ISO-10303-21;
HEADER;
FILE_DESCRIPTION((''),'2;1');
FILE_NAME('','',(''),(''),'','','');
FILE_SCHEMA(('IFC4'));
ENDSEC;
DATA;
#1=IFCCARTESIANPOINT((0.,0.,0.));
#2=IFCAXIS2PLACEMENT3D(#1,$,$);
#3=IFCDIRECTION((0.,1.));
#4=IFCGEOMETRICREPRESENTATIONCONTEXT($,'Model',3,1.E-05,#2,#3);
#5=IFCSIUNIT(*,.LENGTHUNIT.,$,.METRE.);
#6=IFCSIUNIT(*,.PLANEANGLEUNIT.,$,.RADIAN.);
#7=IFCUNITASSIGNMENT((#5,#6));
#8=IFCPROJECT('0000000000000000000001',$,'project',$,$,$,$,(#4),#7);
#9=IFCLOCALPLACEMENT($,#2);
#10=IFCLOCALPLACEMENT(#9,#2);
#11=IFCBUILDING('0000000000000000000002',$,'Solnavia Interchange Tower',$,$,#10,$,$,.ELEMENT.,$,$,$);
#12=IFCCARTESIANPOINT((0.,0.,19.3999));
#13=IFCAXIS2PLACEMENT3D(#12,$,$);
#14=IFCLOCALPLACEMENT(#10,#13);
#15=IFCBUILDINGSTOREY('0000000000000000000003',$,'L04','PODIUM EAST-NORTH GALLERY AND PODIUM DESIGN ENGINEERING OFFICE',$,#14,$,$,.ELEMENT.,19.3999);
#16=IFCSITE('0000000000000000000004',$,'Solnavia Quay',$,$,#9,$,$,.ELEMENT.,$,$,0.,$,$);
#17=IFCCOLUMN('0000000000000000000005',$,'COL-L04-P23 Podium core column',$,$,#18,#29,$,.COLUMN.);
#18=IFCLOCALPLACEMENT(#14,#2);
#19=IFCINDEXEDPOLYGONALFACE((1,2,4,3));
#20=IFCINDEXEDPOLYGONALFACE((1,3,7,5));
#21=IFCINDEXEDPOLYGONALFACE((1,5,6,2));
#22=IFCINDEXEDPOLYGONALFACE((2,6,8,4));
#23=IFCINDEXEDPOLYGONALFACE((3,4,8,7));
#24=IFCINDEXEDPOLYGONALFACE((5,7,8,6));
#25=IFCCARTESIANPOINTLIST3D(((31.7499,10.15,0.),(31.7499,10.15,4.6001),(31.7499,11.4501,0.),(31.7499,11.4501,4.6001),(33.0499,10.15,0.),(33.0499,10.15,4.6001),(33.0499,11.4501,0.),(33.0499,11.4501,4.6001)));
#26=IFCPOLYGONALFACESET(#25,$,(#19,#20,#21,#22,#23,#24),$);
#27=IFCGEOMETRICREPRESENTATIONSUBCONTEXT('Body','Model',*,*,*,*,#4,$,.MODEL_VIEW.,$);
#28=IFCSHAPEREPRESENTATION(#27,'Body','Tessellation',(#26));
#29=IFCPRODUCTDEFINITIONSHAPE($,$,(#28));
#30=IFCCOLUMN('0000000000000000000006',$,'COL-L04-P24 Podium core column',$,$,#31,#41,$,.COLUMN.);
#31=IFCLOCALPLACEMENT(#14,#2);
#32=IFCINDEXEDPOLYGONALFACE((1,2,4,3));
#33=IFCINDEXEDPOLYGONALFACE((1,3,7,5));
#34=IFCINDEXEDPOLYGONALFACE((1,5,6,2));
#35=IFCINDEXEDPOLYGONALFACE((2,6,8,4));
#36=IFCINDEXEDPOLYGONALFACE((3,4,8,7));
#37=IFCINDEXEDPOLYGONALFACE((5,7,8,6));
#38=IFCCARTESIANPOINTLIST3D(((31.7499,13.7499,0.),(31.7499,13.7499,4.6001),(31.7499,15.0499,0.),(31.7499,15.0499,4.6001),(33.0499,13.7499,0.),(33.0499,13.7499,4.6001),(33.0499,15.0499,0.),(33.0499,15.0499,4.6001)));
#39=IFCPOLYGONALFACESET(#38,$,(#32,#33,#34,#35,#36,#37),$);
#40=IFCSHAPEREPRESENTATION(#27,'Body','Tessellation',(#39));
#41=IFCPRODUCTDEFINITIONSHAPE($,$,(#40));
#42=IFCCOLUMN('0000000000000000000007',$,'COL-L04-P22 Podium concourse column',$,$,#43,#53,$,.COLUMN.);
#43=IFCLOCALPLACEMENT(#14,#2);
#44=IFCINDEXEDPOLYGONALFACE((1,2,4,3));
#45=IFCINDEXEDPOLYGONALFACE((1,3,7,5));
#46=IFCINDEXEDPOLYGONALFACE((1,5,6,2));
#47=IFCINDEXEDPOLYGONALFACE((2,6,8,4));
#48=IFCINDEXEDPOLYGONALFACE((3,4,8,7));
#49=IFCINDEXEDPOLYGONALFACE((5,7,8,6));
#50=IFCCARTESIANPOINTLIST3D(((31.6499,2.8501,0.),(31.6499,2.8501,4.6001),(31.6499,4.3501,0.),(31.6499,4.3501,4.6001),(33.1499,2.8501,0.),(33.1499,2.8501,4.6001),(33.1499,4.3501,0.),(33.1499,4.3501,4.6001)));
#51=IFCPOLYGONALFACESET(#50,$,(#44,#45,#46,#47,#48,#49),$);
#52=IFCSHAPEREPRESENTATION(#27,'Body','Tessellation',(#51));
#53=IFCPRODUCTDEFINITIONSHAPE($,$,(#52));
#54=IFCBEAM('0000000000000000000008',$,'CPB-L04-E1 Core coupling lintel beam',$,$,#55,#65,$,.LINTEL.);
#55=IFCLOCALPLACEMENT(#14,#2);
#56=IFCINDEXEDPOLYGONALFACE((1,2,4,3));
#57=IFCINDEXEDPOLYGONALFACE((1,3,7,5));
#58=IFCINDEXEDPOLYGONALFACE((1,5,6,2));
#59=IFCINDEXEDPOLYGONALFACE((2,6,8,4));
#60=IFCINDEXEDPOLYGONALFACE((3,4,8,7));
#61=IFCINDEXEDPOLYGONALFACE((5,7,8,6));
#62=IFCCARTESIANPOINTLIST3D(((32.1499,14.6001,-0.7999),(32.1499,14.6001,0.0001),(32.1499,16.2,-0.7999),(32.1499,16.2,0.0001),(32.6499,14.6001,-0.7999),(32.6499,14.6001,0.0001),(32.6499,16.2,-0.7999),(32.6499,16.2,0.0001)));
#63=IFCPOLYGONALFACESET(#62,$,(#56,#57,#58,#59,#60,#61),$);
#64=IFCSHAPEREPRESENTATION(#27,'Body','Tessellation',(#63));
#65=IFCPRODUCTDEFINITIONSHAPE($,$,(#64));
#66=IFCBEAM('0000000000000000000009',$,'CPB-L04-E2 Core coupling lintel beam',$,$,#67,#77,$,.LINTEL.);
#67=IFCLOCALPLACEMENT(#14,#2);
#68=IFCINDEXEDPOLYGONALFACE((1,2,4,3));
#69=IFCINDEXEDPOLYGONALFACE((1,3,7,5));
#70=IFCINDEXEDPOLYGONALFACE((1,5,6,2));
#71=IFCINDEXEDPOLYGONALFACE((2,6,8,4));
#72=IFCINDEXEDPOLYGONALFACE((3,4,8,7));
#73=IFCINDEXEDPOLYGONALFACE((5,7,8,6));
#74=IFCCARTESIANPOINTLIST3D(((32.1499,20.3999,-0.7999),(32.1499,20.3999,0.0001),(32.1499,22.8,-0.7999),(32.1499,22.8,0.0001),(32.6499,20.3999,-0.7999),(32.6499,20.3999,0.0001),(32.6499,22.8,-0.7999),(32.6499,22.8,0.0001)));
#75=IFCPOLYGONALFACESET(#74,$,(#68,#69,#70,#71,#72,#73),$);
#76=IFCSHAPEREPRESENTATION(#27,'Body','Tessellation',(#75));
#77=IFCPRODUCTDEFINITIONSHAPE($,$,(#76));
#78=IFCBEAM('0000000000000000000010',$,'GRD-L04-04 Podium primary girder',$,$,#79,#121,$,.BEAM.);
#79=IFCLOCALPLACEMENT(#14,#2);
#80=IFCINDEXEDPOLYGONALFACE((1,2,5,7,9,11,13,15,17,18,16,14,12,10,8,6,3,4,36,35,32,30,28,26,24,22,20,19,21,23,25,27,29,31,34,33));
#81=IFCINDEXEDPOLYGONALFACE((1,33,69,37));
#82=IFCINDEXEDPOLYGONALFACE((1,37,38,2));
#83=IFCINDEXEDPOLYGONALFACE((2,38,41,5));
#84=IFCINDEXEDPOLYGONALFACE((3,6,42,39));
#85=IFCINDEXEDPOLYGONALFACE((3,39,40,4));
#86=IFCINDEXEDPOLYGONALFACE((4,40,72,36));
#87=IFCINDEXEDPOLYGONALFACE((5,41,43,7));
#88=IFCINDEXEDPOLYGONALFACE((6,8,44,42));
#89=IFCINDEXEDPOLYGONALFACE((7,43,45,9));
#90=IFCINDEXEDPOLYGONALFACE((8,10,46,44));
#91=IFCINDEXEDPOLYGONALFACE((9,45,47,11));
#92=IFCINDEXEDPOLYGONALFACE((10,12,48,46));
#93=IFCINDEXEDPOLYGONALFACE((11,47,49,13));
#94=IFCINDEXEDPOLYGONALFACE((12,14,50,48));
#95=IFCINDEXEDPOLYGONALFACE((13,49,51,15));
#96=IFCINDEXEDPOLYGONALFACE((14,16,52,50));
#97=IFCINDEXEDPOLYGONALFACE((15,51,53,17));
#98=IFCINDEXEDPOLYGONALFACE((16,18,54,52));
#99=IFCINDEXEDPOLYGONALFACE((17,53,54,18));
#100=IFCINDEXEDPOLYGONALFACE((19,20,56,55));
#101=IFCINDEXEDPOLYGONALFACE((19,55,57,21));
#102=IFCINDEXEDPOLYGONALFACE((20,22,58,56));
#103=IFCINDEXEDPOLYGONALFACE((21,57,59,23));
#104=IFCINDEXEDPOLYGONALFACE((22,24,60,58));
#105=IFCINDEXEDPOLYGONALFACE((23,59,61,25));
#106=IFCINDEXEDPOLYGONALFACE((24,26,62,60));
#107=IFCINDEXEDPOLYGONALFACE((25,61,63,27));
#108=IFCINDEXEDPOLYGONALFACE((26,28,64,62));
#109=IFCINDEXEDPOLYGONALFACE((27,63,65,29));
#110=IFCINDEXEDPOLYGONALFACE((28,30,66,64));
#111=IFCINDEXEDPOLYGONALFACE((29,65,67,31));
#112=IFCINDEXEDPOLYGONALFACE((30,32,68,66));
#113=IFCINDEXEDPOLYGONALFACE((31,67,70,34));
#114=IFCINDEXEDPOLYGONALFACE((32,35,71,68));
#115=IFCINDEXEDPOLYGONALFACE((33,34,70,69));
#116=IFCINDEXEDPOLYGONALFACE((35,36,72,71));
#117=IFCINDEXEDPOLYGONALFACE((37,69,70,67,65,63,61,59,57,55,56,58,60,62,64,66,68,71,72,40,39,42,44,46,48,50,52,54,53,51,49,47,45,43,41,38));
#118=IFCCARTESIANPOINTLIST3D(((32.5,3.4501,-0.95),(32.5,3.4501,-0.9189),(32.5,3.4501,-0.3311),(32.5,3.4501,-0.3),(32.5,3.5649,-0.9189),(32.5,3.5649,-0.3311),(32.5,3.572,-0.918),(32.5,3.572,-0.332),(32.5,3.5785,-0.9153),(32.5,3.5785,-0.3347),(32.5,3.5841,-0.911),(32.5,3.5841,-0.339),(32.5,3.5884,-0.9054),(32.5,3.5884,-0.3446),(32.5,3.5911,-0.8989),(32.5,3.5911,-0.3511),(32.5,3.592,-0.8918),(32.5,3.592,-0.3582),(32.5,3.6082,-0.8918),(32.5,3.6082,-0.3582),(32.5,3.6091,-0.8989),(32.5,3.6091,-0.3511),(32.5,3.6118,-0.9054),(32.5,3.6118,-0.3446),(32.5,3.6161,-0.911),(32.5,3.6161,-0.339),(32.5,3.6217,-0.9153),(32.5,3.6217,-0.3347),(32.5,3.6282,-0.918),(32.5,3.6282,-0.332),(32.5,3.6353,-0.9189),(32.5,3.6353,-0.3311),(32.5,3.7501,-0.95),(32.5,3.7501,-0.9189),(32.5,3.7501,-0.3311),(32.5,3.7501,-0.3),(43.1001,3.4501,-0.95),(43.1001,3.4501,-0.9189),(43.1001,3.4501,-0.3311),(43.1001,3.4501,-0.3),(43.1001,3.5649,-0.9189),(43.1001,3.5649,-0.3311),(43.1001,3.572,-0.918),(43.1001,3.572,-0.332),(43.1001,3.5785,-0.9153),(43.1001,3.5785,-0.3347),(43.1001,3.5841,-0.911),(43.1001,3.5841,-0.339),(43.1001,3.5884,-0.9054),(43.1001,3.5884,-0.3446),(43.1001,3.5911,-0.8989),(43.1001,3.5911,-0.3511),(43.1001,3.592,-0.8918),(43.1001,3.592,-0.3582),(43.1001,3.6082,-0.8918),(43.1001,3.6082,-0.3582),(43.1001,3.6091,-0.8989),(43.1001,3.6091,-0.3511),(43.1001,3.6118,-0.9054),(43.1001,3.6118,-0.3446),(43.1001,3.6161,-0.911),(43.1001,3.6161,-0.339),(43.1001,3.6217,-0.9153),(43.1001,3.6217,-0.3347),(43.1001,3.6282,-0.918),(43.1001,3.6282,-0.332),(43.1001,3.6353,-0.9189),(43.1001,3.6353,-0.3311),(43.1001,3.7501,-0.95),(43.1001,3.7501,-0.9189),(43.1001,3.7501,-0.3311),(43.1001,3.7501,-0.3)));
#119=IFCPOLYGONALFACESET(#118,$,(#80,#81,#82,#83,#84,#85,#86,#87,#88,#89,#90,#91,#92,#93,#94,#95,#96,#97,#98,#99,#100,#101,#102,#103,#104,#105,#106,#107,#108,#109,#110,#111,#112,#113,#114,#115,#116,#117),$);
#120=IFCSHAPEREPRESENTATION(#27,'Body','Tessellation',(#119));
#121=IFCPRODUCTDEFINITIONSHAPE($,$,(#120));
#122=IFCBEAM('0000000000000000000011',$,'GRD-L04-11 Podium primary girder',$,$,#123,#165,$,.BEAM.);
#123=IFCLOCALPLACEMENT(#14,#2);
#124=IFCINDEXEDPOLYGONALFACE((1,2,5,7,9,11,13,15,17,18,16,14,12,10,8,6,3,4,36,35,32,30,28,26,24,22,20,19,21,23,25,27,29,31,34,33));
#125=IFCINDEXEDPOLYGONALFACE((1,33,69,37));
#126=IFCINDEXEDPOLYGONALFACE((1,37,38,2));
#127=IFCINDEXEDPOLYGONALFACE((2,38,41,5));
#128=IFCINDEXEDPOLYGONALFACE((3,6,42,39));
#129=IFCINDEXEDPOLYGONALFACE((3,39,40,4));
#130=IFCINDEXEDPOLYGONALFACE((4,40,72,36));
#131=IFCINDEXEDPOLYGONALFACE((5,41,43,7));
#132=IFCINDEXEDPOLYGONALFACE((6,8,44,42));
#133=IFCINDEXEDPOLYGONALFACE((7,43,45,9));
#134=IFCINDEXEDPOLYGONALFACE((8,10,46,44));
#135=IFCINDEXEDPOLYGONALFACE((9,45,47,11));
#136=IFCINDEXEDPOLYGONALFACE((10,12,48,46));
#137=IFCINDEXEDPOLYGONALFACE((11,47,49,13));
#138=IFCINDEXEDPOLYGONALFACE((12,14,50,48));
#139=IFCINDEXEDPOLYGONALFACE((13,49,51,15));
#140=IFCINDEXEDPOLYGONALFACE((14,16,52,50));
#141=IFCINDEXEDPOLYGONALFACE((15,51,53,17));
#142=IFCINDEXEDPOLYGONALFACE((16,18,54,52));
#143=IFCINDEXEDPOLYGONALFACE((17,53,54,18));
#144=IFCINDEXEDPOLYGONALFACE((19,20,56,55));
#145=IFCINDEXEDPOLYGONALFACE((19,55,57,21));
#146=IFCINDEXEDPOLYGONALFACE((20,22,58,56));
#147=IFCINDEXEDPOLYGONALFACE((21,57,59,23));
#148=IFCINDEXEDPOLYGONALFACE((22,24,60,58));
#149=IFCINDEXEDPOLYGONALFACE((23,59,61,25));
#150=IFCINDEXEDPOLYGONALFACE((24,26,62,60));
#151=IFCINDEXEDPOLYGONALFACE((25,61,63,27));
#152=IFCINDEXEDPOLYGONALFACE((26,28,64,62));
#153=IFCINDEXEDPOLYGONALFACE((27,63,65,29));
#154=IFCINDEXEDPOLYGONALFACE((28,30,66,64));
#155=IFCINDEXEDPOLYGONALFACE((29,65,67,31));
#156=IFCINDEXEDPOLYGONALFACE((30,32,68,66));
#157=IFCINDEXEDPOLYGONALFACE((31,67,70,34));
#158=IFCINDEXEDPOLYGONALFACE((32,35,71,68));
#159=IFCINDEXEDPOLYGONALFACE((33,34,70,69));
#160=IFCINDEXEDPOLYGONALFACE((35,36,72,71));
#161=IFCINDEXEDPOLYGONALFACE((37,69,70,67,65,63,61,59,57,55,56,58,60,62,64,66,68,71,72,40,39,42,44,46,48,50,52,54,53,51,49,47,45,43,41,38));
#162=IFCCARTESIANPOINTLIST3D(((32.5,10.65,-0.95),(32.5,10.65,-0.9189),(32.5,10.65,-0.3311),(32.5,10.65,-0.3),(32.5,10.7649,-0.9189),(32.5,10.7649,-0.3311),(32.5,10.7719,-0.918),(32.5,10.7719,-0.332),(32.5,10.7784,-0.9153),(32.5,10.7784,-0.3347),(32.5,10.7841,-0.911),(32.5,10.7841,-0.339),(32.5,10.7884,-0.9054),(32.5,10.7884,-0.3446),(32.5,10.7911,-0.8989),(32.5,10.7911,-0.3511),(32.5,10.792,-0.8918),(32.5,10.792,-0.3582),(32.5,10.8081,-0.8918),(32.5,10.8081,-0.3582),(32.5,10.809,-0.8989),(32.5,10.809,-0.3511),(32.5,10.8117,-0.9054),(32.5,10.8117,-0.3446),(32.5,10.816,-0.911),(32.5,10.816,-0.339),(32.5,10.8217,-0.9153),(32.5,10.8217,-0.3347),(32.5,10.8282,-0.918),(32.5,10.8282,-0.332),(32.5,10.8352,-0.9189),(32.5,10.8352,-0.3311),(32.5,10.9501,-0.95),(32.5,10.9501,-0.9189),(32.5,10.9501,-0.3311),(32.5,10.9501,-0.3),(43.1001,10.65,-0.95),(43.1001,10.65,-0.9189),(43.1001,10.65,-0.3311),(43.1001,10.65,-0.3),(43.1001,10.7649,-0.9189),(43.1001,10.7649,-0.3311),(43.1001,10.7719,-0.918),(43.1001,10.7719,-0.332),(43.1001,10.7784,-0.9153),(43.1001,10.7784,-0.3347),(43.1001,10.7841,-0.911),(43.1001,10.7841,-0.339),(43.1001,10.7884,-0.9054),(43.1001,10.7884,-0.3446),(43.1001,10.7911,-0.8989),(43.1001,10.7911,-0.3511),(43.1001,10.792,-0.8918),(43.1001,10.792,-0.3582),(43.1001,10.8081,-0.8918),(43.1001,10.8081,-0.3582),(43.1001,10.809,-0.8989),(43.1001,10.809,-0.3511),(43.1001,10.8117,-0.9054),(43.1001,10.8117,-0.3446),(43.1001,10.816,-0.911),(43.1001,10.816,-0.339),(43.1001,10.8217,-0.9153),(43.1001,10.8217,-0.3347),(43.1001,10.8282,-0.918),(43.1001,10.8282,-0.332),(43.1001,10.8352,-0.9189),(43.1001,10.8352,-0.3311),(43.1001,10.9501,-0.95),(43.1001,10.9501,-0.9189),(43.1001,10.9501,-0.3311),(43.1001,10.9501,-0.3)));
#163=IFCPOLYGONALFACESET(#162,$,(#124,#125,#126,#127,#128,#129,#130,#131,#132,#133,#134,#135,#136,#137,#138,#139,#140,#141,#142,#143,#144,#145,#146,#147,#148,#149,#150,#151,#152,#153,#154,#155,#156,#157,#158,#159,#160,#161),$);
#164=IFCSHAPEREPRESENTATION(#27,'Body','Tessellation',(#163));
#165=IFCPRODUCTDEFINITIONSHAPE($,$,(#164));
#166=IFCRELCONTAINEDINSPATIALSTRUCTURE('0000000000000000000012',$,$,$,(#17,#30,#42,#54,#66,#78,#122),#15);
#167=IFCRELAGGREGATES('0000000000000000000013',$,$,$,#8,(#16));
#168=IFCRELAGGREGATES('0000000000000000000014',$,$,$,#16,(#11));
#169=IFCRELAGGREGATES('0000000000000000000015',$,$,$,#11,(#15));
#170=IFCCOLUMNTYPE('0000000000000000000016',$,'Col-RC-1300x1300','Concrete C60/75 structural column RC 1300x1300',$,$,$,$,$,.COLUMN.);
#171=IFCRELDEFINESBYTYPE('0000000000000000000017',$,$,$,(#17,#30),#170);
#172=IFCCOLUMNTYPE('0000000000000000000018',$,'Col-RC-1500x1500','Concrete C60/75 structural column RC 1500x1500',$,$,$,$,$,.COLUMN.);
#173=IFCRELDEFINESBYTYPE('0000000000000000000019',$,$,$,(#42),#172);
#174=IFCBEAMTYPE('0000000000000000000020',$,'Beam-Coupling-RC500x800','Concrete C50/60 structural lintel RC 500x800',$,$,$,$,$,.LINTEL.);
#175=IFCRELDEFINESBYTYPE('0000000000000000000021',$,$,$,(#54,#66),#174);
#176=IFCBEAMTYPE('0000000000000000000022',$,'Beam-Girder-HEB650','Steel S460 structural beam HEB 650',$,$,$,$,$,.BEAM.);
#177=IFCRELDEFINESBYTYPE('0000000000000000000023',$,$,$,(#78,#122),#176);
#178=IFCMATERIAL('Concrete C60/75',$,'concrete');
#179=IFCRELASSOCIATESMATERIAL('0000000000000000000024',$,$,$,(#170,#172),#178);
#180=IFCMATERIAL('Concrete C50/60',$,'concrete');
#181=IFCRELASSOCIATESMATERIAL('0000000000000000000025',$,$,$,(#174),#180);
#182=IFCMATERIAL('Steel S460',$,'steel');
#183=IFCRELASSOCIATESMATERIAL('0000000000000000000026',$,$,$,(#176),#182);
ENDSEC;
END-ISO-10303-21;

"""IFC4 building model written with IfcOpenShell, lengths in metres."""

from ifc_helpers import new_model, si_unit, direction, frame, origin, origin_2d, place, context, subcontext, project, spatial, rectangle, i_section, extrude, material, material_profile, profile_set, type_object, element, save


model = new_model("IFC4")

# Units and contexts
model_context = context("Model", 3, precision=1e-05, world=origin(), true_north=direction((0.0, 1.0)))
body_context = subcontext(model_context, "Body", "Model", "MODEL_VIEW")
ifc_project = project(units=[si_unit("LENGTHUNIT", "METRE"), si_unit("PLANEANGLEUNIT", "RADIAN")], contexts=[model_context])

# Site, building, storey
site_placement = place(None, origin())
site = spatial("IfcSite", under=ifc_project, at=site_placement, Name="Solnavia Quay", CompositionType="ELEMENT", RefElevation=0.0)
building_placement = place(site_placement, origin())
building = spatial("IfcBuilding", under=site, at=building_placement, Name="Solnavia Interchange Tower", CompositionType="ELEMENT")
storey_placement = place(building_placement, frame((0.0, 0.0, 19.3999)))
storey = spatial("IfcBuildingStorey", under=building, at=storey_placement, Name="L04", Description="PODIUM EAST-NORTH GALLERY AND PODIUM DESIGN ENGINEERING OFFICE", CompositionType="ELEMENT", Elevation=19.3999)

# Columns
ifc_material_1 = material(Name="Concrete C60/75", Category="concrete")
ifc_material_profile_1 = material_profile(ifc_material_1, rectangle(XDim=1.3, YDim=1.3, at=origin_2d()), Name="RC 1300x1300")
ifc_profile_set_1 = profile_set([ifc_material_profile_1], Name="Concrete C60/75")
column_type_1 = type_object("IfcColumnType", Name="Col-RC-1300x1300", Description="Concrete C60/75 structural column RC 1300x1300", PredefinedType="COLUMN", material=ifc_profile_set_1)
for number, where, z_axis, x_axis, name in (
    (1, (32.3999, 10.8, 0.0), (0.0, 0.0, 1.0), (1.0, 0.0, 0.0), "COL-L04-P23 Podium core column"),
    (2, (32.3999, 14.3999, 0.0), (0.0, 0.0, 1.0), (1.0, 0.0, 0.0), "COL-L04-P24 Podium core column"),
):
    element("IfcColumn", number, at=place(storey_placement, frame(where, z_axis=z_axis, x_axis=x_axis)), inside=storey, type_object=column_type_1, Name=name, PredefinedType="COLUMN", context=body_context, shape_type="SweptSolid", body=[
        extrude(rectangle(XDim=1.3, YDim=1.3, at=origin_2d()), origin(), (0.0, 0.0, 1.0), 4.6001),
    ])
ifc_material_profile_2 = material_profile(ifc_material_1, rectangle(XDim=1.5, YDim=1.5, at=origin_2d()), Name="RC 1500x1500")
ifc_profile_set_2 = profile_set([ifc_material_profile_2], Name="Concrete C60/75")
column_type_2 = type_object("IfcColumnType", Name="Col-RC-1500x1500", Description="Concrete C60/75 structural column RC 1500x1500", PredefinedType="COLUMN", material=ifc_profile_set_2)
column_placement = place(storey_placement, frame((32.3999, 3.6001, 0.0), z_axis=(0.0, 0.0, 1.0), x_axis=(1.0, 0.0, 0.0)))
element("IfcColumn", 3, at=column_placement, inside=storey, type_object=column_type_2, Name="COL-L04-P22 Podium concourse column", PredefinedType="COLUMN", context=body_context, shape_type="SweptSolid", body=[
    extrude(rectangle(XDim=1.5, YDim=1.5, at=origin_2d()), origin(), (0.0, 0.0, 1.0), 4.6001),
])

# Beams
ifc_material_2 = material(Name="Concrete C50/60", Category="concrete")
ifc_material_profile_3 = material_profile(ifc_material_2, rectangle(XDim=0.5, YDim=0.8, at=origin_2d()), Name="RC 500x800")
ifc_profile_set_3 = profile_set([ifc_material_profile_3], Name="Concrete C50/60")
beam_type_1 = type_object("IfcBeamType", Name="Beam-Coupling-RC500x800", Description="Concrete C50/60 structural lintel RC 500x800", PredefinedType="LINTEL", material=ifc_profile_set_3)
beam_1_placement = place(storey_placement, frame((32.3999, 14.6001, -0.3999), z_axis=(0.0, 1.0, 0.0), x_axis=(-1.0, 0.0, 0.0)))
element("IfcBeam", 4, at=beam_1_placement, inside=storey, type_object=beam_type_1, Name="CPB-L04-E1 Core coupling lintel beam", PredefinedType="LINTEL", context=body_context, shape_type="SweptSolid", body=[
    extrude(rectangle(XDim=0.5, YDim=0.8, at=origin_2d()), origin(), (0.0, 0.0, 1.0), 1.5999),
])
beam_2_placement = place(storey_placement, frame((32.3999, 20.3999, -0.3999), z_axis=(0.0, 1.0, 0.0), x_axis=(-1.0, 0.0, 0.0)))
element("IfcBeam", 5, at=beam_2_placement, inside=storey, type_object=beam_type_1, Name="CPB-L04-E2 Core coupling lintel beam", PredefinedType="LINTEL", context=body_context, shape_type="SweptSolid", body=[
    extrude(rectangle(XDim=0.5, YDim=0.8, at=origin_2d()), origin(), (0.0, 0.0, 1.0), 2.4001),
])
ifc_material_3 = material(Name="Steel S460", Category="steel")
ifc_material_profile_4 = material_profile(ifc_material_3, i_section(OverallWidth=0.3, OverallDepth=0.6499, WebThickness=0.0161, FlangeThickness=0.031, FilletRadius=0.0271, at=origin_2d()), Name="HEB 650")
ifc_profile_set_4 = profile_set([ifc_material_profile_4], Name="Steel S460")
beam_type_2 = type_object("IfcBeamType", Name="Beam-Girder-HEB650", Description="Steel S460 structural beam HEB 650", PredefinedType="BEAM", material=ifc_profile_set_4)
for number, where, z_axis, x_axis, name in (
    (6, (32.5, 3.6001, -0.625), (1.0, 0.0, 0.0), (0.0, 1.0, 0.0), "GRD-L04-04 Podium primary girder"),
    (7, (32.5, 10.8, -0.625), (1.0, 0.0, 0.0), (0.0, 1.0, 0.0), "GRD-L04-11 Podium primary girder"),
):
    element("IfcBeam", number, at=place(storey_placement, frame(where, z_axis=z_axis, x_axis=x_axis)), inside=storey, type_object=beam_type_2, Name=name, PredefinedType="BEAM", context=body_context, shape_type="SweptSolid", body=[
        extrude(i_section(OverallWidth=0.3, OverallDepth=0.6499, WebThickness=0.0161, FlangeThickness=0.031, FilletRadius=0.0271, at=origin_2d()), origin(), (0.0, 0.0, 1.0), 10.6001),
    ])

save(model, "model.ifc")
